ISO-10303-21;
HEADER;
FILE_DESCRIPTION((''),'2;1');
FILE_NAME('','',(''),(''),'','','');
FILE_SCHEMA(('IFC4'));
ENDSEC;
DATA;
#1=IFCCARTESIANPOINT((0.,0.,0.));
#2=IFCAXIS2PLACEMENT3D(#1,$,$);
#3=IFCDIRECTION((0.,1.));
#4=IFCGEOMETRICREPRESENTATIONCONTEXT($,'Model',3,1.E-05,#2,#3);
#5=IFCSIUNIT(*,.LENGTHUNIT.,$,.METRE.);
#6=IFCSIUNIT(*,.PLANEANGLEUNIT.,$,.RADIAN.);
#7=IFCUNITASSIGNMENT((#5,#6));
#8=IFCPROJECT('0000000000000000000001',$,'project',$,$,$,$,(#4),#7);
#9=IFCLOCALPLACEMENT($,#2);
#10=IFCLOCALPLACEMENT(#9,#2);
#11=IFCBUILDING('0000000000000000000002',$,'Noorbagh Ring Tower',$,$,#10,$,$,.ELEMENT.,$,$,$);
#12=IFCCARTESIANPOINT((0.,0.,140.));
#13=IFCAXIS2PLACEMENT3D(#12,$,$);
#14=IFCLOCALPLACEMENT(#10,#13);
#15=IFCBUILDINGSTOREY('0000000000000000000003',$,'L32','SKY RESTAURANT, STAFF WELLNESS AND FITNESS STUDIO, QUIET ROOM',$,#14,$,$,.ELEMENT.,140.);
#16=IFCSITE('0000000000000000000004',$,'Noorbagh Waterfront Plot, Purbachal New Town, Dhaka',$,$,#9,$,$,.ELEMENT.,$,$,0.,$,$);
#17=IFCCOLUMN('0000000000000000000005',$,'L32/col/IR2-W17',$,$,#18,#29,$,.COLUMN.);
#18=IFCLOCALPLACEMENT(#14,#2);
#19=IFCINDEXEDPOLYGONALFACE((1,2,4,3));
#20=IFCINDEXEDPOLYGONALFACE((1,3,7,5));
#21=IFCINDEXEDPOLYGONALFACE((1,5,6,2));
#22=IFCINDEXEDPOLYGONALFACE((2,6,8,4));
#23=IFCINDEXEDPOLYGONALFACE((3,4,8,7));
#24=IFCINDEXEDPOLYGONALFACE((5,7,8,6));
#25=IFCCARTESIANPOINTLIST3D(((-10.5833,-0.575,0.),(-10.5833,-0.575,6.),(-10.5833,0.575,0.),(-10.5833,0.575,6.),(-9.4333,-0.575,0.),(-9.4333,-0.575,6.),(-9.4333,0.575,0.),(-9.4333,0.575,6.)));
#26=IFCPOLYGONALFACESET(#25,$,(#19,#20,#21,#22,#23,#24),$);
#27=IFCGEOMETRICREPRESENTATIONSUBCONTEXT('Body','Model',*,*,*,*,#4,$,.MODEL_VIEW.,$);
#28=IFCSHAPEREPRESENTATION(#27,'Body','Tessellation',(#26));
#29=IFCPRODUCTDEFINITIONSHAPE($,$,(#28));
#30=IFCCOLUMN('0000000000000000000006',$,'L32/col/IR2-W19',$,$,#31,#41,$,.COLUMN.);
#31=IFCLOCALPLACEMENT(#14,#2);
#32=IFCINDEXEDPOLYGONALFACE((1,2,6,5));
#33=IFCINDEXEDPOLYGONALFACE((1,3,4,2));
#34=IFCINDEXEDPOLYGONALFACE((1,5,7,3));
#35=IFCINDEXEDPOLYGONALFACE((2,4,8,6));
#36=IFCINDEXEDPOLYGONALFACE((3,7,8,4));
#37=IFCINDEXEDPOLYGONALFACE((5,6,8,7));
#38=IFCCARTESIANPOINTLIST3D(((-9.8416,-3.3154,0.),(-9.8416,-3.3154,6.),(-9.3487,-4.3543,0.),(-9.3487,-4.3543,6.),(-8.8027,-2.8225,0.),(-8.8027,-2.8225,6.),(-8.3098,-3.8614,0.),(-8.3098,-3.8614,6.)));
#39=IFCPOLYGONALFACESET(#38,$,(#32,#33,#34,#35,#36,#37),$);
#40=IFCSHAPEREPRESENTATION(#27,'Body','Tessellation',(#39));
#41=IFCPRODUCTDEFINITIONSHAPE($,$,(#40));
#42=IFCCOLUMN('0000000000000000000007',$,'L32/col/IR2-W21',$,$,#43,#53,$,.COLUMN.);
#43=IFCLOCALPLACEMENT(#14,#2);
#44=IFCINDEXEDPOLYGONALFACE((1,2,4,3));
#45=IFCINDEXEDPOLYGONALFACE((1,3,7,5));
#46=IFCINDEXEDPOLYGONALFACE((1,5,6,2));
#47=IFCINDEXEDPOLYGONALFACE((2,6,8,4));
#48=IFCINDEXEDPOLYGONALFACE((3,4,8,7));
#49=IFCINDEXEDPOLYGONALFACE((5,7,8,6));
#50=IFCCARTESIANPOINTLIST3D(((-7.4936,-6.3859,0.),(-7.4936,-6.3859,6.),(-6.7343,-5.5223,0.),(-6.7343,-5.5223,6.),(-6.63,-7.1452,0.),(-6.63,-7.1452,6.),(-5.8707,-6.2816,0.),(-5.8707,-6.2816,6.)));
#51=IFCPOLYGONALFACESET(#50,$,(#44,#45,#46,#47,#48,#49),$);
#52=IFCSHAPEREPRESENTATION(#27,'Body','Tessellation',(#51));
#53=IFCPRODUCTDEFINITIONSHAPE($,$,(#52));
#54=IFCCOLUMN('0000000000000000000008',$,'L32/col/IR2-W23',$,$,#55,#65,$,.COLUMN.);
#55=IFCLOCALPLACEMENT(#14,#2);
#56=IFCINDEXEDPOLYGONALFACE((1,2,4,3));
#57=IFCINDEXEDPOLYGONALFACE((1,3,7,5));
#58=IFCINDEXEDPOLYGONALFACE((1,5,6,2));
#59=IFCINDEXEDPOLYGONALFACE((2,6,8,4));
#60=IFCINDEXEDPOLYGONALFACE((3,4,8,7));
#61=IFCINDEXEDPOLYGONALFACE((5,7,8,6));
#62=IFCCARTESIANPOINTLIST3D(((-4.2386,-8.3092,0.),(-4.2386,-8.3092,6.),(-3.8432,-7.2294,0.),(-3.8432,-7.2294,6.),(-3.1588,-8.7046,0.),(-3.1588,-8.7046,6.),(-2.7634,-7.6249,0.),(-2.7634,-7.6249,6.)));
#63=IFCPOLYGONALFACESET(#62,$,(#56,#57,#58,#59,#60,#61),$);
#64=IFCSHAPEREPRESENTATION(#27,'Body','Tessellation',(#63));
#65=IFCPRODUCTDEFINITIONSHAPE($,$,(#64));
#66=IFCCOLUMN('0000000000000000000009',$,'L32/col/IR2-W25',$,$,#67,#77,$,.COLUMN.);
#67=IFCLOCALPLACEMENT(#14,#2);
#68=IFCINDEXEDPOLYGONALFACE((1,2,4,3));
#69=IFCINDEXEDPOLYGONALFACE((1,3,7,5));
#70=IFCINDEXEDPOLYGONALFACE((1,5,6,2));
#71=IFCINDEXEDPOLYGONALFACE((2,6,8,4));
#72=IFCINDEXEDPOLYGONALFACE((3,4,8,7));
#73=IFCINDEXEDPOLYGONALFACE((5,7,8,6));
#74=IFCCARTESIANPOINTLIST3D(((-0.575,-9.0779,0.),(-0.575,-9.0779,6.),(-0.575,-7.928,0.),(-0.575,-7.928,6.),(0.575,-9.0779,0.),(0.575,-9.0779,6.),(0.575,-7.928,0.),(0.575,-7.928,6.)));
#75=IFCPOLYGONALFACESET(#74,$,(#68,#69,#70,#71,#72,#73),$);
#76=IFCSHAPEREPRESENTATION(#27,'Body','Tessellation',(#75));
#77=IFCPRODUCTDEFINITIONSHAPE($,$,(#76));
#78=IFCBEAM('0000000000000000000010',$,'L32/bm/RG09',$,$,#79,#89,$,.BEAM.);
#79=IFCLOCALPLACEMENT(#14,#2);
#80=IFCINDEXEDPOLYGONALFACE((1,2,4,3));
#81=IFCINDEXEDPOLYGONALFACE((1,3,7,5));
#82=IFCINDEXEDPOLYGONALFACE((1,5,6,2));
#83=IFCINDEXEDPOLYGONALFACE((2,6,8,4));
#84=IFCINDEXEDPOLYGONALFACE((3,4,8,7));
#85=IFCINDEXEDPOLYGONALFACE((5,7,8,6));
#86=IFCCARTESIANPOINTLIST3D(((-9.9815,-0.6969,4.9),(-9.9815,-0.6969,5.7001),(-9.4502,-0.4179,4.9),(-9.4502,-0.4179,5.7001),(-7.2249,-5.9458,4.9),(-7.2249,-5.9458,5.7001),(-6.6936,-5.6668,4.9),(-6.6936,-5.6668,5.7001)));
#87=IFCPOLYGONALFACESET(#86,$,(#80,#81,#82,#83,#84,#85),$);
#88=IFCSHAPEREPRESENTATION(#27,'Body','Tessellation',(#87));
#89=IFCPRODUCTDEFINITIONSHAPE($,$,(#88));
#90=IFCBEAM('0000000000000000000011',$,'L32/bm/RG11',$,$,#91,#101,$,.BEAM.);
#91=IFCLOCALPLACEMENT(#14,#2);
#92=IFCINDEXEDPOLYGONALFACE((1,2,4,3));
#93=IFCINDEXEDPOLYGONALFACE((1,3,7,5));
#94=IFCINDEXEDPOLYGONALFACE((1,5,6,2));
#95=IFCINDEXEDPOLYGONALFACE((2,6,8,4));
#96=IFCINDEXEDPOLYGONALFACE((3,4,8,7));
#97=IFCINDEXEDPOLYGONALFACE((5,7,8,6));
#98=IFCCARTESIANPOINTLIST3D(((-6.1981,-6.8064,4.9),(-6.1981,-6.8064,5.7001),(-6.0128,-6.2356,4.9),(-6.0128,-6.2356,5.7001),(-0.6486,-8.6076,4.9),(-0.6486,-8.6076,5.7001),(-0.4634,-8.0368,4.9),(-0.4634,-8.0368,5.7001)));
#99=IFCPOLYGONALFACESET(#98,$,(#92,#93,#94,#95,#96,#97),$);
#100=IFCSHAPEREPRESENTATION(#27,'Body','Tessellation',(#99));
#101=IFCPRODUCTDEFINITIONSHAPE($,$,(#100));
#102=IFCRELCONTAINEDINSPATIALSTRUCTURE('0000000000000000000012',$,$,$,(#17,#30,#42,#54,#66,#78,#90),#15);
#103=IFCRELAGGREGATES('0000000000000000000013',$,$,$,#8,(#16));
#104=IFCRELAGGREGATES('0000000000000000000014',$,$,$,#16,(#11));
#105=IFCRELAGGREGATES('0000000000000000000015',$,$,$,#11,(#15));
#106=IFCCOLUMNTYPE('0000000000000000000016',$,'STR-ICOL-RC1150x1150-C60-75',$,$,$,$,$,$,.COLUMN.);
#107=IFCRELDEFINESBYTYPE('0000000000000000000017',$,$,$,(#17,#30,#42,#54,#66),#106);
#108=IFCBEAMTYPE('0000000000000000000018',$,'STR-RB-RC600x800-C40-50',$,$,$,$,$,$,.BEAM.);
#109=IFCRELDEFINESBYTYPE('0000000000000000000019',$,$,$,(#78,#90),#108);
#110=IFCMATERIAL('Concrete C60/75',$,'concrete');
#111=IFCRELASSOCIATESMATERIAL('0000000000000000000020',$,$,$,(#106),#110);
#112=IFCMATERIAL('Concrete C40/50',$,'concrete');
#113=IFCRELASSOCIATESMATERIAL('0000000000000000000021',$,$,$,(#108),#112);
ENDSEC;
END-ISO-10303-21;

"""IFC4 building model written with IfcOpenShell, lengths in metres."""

from ifc_helpers import new_model, si_unit, direction, frame, origin, origin_2d, place, context, subcontext, project, spatial, rectangle, extrude, material, material_profile, profile_set, type_object, element, save


model = new_model("IFC4")

# Units and contexts
model_context = context("Model", 3, precision=1e-05, world=origin(), true_north=direction((0.0, 1.0)))
body_context = subcontext(model_context, "Body", "Model", "MODEL_VIEW")
ifc_project = project(units=[si_unit("LENGTHUNIT", "METRE"), si_unit("PLANEANGLEUNIT", "RADIAN")], contexts=[model_context])

# Site, building, storey
site_placement = place(None, origin())
site = spatial("IfcSite", under=ifc_project, at=site_placement, Name="Noorbagh Waterfront Plot, Purbachal New Town, Dhaka", CompositionType="ELEMENT", RefElevation=0.0)
building_placement = place(site_placement, origin())
building = spatial("IfcBuilding", under=site, at=building_placement, Name="Noorbagh Ring Tower", CompositionType="ELEMENT")
storey_placement = place(building_placement, frame((0.0, 0.0, 140.0)))
storey = spatial("IfcBuildingStorey", under=building, at=storey_placement, Name="L32", Description="SKY RESTAURANT, STAFF WELLNESS AND FITNESS STUDIO, QUIET ROOM", CompositionType="ELEMENT", Elevation=140.0)

# Columns
ifc_material_1 = material(Name="Concrete C60/75", Category="concrete")
ifc_material_profile_1 = material_profile(ifc_material_1, rectangle(XDim=1.1499, YDim=1.1499, at=origin_2d()), Name="RC1150x1150")
ifc_profile_set_1 = profile_set([ifc_material_profile_1], Name="Concrete C60/75")
column_type = type_object("IfcColumnType", Name="STR-ICOL-RC1150x1150-C60-75", PredefinedType="COLUMN", material=ifc_profile_set_1)
for number, where, z_axis, x_axis, name in (
    (1, (-10.0083, 0.0, 0.0), (0.0, 0.0, 1.0), (0.0, -1.0, 0.0), "L32/col/IR2-W17"),
    (2, (-9.0757, -3.5884, 0.0), (0.0, 0.0, 1.0), (0.428667, -0.903463, 0.0), "L32/col/IR2-W19"),
    (3, (-6.6821, -6.3337, 0.0), (0.0, 0.0, 1.0), (0.751022, -0.660277, 0.0), "L32/col/IR2-W21"),
    (4, (-3.501, -7.967, 0.0), (0.0, 0.0, 1.0), (0.93902, -0.343864, 0.0), "L32/col/IR2-W23"),
    (5, (0.0, -8.5029, 0.0), (0.0, 0.0, 1.0), (1.0, 0.0, 0.0), "L32/col/IR2-W25"),
):
    element("IfcColumn", number, at=place(storey_placement, frame(where, z_axis=z_axis, x_axis=x_axis)), inside=storey, type_object=column_type, Name=name, PredefinedType="COLUMN", context=body_context, shape_type="SweptSolid", body=[
        extrude(rectangle(XDim=1.1499, YDim=1.1499, at=origin_2d()), origin(), (0.0, 0.0, 1.0), 6.0),
    ])

# Beams
ifc_material_2 = material(Name="Concrete C40/50", Category="concrete")
ifc_material_profile_2 = material_profile(ifc_material_2, rectangle(XDim=0.6001, YDim=0.8, at=origin_2d()), Name="RC600x800")
ifc_profile_set_2 = profile_set([ifc_material_profile_2], Name="Concrete C40/50")
beam_type = type_object("IfcBeamType", Name="STR-RB-RC600x800-C40-50", PredefinedType="BEAM", material=ifc_profile_set_2)
beam_1_placement = place(storey_placement, frame((-9.7158, -0.5574, 5.3), z_axis=(0.464947, -0.885339, 0.0), x_axis=(0.885339, 0.464947, 0.0)))
element("IfcBeam", 6, at=beam_1_placement, inside=storey, type_object=beam_type, Name="L32/bm/RG09", PredefinedType="BEAM", context=body_context, shape_type="SweptSolid", body=[
    extrude(rectangle(XDim=0.6001, YDim=0.8, at=origin_2d()), origin(), (0.0, 0.0, 1.0), 5.9287),
])
beam_2_placement = place(storey_placement, frame((-6.1055, -6.521, 5.3), z_axis=(0.951152, -0.308724, 0.0), x_axis=(0.308724, 0.951152, 0.0)))
element("IfcBeam", 7, at=beam_2_placement, inside=storey, type_object=beam_type, Name="L32/bm/RG11", PredefinedType="BEAM", context=body_context, shape_type="SweptSolid", body=[
    extrude(rectangle(XDim=0.6001, YDim=0.8, at=origin_2d()), origin(), (0.0, 0.0, 1.0), 5.8345),
])

save(model, "model.ifc")
